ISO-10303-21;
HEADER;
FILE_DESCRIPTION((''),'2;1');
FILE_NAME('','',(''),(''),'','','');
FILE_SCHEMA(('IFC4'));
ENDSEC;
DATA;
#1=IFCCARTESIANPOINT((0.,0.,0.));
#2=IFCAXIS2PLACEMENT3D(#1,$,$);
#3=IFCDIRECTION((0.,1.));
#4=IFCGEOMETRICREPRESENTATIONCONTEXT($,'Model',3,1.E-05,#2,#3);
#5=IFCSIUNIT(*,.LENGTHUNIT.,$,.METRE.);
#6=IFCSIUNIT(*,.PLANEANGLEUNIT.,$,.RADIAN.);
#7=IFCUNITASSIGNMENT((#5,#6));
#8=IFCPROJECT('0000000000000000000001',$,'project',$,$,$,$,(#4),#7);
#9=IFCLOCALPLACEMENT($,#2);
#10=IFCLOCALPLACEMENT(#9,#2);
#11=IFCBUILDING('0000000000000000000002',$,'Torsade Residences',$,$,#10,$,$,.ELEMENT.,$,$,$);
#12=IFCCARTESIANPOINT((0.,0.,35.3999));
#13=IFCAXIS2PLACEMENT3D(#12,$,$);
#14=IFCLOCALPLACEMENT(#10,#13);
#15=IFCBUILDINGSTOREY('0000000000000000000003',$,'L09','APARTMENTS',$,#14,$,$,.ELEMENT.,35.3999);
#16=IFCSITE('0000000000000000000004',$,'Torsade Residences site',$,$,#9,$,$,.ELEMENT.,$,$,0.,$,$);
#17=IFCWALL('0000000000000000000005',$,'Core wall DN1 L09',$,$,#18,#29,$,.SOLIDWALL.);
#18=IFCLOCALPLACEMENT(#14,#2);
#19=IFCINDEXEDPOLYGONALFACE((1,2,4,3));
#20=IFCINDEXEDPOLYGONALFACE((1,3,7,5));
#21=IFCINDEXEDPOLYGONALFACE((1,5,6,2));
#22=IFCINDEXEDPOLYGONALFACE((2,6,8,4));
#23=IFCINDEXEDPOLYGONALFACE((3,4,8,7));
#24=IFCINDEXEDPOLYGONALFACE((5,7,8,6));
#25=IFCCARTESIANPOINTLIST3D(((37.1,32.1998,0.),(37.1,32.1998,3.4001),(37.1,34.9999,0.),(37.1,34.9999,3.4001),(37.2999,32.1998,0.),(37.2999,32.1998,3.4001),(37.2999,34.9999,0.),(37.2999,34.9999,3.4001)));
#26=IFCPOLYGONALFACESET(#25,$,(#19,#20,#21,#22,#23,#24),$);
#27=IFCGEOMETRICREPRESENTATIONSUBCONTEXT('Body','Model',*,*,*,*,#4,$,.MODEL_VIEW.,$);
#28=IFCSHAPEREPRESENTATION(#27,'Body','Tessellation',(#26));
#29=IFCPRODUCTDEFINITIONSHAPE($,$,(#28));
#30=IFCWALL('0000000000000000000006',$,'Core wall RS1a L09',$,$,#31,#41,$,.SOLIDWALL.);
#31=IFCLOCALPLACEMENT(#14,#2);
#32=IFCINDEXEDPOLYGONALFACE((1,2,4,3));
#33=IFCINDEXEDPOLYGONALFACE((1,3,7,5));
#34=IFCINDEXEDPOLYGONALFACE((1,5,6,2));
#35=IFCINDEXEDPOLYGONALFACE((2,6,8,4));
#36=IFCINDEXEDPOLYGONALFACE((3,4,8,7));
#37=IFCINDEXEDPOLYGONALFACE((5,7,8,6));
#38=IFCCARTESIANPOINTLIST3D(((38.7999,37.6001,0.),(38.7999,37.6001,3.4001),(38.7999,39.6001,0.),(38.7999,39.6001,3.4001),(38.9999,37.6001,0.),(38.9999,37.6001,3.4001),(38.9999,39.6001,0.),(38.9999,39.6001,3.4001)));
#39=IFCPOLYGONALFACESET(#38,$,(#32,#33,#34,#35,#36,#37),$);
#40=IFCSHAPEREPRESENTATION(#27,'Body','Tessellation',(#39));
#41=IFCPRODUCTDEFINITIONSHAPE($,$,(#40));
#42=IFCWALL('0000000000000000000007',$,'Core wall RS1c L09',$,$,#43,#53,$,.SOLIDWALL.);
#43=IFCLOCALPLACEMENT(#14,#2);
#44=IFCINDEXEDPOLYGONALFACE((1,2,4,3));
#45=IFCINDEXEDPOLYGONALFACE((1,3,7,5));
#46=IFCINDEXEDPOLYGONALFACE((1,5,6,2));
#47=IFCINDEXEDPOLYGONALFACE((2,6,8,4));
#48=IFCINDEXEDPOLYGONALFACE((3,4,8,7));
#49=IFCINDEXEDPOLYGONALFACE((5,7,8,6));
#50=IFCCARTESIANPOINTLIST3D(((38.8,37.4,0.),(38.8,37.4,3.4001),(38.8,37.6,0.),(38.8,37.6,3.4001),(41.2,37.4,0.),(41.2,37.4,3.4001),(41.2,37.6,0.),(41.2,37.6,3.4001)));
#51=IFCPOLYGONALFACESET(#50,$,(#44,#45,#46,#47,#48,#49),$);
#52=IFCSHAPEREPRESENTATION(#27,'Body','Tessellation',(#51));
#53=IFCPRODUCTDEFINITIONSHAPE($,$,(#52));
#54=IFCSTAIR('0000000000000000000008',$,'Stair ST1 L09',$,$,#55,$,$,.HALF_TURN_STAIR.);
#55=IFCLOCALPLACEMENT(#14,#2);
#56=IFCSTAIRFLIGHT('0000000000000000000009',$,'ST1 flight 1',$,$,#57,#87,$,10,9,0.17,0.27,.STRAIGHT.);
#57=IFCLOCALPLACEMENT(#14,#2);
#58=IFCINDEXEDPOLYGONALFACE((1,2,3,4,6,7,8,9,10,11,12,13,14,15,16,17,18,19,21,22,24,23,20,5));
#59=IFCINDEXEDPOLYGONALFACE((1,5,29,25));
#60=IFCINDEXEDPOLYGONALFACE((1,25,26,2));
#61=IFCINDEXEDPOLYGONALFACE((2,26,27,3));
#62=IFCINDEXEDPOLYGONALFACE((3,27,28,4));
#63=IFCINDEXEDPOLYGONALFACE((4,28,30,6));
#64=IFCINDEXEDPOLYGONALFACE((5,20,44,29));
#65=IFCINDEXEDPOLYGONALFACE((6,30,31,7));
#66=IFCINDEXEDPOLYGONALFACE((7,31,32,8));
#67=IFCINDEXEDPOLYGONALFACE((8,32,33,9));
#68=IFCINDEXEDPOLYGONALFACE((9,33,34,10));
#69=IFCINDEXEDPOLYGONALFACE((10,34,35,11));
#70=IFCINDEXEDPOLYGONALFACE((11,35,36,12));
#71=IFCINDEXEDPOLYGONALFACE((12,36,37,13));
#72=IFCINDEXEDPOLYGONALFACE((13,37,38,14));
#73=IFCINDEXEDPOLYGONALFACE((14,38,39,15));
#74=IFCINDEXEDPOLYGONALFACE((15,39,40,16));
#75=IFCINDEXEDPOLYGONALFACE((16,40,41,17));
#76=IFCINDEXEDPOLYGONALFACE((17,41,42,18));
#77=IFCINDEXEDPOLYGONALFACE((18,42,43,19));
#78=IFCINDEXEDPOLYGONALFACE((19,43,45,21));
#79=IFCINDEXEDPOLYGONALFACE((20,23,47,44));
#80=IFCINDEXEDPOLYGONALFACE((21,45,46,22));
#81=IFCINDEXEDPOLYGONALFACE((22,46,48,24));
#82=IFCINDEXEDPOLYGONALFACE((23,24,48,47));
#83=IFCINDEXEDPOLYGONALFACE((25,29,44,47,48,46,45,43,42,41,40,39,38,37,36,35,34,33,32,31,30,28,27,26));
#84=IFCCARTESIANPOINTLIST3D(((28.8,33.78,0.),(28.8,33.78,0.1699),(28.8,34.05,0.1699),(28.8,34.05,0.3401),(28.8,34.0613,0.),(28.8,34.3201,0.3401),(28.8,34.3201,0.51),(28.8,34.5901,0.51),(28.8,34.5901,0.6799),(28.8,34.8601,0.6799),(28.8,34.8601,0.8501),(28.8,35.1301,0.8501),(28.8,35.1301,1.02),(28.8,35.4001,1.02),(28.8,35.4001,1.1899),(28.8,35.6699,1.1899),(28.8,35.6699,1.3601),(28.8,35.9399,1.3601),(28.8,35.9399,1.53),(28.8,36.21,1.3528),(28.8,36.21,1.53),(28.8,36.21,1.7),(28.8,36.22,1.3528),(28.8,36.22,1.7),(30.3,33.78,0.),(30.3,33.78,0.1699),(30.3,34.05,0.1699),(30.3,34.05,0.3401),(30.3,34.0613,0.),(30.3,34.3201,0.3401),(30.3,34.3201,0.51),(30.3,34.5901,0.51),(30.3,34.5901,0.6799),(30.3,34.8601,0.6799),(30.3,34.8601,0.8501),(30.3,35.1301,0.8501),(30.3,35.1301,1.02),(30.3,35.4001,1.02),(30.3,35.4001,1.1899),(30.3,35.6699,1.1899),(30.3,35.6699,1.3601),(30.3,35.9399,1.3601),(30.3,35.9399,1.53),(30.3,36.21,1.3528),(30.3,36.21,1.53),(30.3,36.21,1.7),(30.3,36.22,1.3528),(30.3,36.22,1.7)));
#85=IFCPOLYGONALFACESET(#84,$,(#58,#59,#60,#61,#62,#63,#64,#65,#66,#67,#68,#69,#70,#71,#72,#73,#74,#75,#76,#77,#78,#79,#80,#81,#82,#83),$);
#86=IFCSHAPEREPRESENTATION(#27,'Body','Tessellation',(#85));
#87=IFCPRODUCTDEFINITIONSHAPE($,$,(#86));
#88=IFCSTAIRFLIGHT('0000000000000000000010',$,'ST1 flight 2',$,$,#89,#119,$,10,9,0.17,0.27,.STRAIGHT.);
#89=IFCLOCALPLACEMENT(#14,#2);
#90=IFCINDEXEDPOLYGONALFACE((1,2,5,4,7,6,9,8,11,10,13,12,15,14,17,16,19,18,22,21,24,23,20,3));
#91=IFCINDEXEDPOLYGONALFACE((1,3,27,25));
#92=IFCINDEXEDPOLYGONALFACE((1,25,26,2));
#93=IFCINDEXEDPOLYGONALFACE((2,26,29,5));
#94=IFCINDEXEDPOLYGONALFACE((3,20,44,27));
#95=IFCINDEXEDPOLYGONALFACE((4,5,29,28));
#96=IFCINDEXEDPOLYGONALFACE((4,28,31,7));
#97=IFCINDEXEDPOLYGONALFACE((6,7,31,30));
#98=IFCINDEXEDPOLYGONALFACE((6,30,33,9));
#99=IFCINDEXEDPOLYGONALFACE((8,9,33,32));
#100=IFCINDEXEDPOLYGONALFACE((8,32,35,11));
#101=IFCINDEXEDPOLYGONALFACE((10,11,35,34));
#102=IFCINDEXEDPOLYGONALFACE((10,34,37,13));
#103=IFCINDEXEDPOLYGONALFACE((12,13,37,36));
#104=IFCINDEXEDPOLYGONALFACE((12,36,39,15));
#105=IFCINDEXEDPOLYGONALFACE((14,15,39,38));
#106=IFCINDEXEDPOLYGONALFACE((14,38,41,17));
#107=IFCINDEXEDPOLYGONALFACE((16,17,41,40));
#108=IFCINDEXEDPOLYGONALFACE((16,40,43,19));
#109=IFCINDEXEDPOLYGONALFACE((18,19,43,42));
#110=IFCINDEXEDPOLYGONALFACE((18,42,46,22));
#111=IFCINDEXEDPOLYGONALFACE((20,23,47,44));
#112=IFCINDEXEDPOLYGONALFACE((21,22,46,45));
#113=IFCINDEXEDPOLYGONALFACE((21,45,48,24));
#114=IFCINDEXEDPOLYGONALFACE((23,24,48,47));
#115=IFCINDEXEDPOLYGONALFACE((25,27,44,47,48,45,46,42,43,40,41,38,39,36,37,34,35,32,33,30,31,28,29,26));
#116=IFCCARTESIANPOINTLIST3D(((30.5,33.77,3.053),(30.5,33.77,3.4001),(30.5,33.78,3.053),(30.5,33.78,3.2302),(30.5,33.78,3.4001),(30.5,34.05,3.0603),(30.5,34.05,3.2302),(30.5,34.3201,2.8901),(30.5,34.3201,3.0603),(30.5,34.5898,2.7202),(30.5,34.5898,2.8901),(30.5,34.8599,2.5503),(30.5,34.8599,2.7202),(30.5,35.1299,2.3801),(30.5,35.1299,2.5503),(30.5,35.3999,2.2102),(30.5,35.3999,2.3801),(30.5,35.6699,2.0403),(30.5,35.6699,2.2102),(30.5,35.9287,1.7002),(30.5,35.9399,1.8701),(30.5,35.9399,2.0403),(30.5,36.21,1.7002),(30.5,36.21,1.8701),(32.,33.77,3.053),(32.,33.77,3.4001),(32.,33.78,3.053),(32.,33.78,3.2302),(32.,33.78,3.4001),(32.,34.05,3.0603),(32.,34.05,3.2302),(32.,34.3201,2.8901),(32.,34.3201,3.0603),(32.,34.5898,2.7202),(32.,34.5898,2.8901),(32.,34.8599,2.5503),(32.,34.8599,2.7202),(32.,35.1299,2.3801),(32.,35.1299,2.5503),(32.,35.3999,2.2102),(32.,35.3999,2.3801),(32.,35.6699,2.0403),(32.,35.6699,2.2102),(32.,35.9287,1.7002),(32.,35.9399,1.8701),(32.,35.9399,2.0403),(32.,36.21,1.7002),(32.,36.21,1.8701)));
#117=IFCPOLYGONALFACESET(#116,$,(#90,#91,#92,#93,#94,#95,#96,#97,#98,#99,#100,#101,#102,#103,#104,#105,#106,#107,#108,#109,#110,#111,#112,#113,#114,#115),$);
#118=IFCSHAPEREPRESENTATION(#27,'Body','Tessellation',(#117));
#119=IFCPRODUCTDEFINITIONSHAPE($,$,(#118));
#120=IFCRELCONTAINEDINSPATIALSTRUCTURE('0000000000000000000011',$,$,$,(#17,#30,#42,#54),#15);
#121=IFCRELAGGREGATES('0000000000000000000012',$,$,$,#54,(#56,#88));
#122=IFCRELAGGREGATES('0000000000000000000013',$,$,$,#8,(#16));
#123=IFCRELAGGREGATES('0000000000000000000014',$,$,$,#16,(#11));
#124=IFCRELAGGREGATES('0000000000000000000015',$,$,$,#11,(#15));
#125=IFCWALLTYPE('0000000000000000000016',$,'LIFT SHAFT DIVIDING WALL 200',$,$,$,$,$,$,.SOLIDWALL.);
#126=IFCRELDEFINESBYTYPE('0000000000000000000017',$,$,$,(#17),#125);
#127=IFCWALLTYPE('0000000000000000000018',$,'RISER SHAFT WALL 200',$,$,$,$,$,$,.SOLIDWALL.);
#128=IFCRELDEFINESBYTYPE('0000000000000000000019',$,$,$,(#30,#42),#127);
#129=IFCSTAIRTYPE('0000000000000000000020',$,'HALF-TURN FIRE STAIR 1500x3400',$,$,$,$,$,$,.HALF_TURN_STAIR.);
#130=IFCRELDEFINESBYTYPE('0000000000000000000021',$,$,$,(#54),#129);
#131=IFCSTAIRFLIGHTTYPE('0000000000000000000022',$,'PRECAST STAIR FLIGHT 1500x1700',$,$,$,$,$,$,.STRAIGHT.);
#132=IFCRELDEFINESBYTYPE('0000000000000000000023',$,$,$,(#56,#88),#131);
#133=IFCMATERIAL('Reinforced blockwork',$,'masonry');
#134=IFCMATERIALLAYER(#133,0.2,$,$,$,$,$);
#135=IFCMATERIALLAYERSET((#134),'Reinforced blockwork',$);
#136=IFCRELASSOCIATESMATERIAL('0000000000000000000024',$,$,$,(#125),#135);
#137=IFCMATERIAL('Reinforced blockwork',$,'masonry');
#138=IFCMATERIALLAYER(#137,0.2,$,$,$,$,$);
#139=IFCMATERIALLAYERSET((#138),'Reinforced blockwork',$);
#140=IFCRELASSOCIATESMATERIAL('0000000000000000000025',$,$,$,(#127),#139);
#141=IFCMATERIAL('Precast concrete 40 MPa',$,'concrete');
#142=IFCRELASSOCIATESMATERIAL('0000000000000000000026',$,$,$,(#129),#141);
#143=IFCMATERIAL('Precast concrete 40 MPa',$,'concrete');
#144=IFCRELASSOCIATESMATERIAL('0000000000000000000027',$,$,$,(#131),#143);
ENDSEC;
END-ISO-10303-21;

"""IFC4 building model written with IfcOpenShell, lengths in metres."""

from ifc_helpers import new_model, si_unit, direction, frame, frame_2d, origin, place, context, subcontext, project, spatial, polyline, rectangle, outline, extrude, material, layer, layer_set, type_object, element, aggregate, save


model = new_model("IFC4")

# Units and contexts
model_context = context("Model", 3, precision=1e-05, world=origin(), true_north=direction((0.0, 1.0)))
body_context = subcontext(model_context, "Body", "Model", "MODEL_VIEW")
ifc_project = project(units=[si_unit("LENGTHUNIT", "METRE"), si_unit("PLANEANGLEUNIT", "RADIAN")], contexts=[model_context])

# Site, building, storey
site_placement = place(None, origin())
site = spatial("IfcSite", under=ifc_project, at=site_placement, Name="Torsade Residences site", CompositionType="ELEMENT", RefElevation=0.0)
building_placement = place(site_placement, origin())
building = spatial("IfcBuilding", under=site, at=building_placement, Name="Torsade Residences", CompositionType="ELEMENT")
storey_placement = place(building_placement, frame((0.0, 0.0, 35.3999)))
storey = spatial("IfcBuildingStorey", under=building, at=storey_placement, Name="L09", Description="APARTMENTS", CompositionType="ELEMENT", Elevation=35.3999)

# Walls
ifc_material_1 = material(Name="Reinforced blockwork", Category="masonry")
ifc_layer_1 = layer(ifc_material_1, 0.2)
ifc_layer_set_1 = layer_set([ifc_layer_1], Name="Reinforced blockwork")
wall_type_1 = type_object("IfcWallType", Name="LIFT SHAFT DIVIDING WALL 200", PredefinedType="SOLIDWALL", material=ifc_layer_set_1)
wall_1_placement = place(storey_placement, frame((37.2, 32.2, 0.0), z_axis=(0.0, 0.0, 1.0), x_axis=(0.0, 1.0, 0.0)))
element("IfcWall", 1, at=wall_1_placement, inside=storey, type_object=wall_type_1, Name="Core wall DN1 L09", PredefinedType="SOLIDWALL", context=body_context, shape_type="SweptSolid", body=[
    extrude(rectangle(XDim=2.8, YDim=0.2, at=frame_2d((1.3999, 0.0))), origin(), (0.0, 0.0, 1.0), 3.4001),
])
ifc_material_2 = material(Name="Reinforced blockwork", Category="masonry")
ifc_layer_2 = layer(ifc_material_2, 0.2)
ifc_layer_set_2 = layer_set([ifc_layer_2], Name="Reinforced blockwork")
wall_type_2 = type_object("IfcWallType", Name="RISER SHAFT WALL 200", PredefinedType="SOLIDWALL", material=ifc_layer_set_2)
wall_2_placement = place(storey_placement, frame((38.8999, 37.6001, 0.0), z_axis=(0.0, 0.0, 1.0), x_axis=(0.0, 1.0, 0.0)))
element("IfcWall", 2, at=wall_2_placement, inside=storey, type_object=wall_type_2, Name="Core wall RS1a L09", PredefinedType="SOLIDWALL", context=body_context, shape_type="SweptSolid", body=[
    extrude(rectangle(XDim=2.0, YDim=0.2, at=frame_2d((1.0, 0.0))), origin(), (0.0, 0.0, 1.0), 3.4001),
])
wall_3_placement = place(storey_placement, frame((38.8, 37.5, 0.0), z_axis=(0.0, 0.0, 1.0), x_axis=(1.0, 0.0, 0.0)))
element("IfcWall", 3, at=wall_3_placement, inside=storey, type_object=wall_type_2, Name="Core wall RS1c L09", PredefinedType="SOLIDWALL", context=body_context, shape_type="SweptSolid", body=[
    extrude(rectangle(XDim=2.3999, YDim=0.2, at=frame_2d((1.2, 0.0))), origin(), (0.0, 0.0, 1.0), 3.4001),
])

# Stair, stair flights
ifc_material_3 = material(Name="Precast concrete 40 MPa", Category="concrete")
stair_type = type_object("IfcStairType", Name="HALF-TURN FIRE STAIR 1500x3400", PredefinedType="HALF_TURN_STAIR", material=ifc_material_3)
stair_placement = place(storey_placement, origin())
stair = element("IfcStair", 4, at=stair_placement, inside=storey, type_object=stair_type, Name="Stair ST1 L09", PredefinedType="HALF_TURN_STAIR")
ifc_material_4 = material(Name="Precast concrete 40 MPa", Category="concrete")
stair_flight_type = type_object("IfcStairFlightType", Name="PRECAST STAIR FLIGHT 1500x1700", PredefinedType="STRAIGHT", material=ifc_material_4)
stair_flight_1_placement = place(storey_placement, frame((29.55, 33.78, 0.0), z_axis=(0.0, 0.0, 1.0), x_axis=(0.0, 1.0, 0.0)))
stair_flight_1 = element("IfcStairFlight", 5, at=stair_flight_1_placement, type_object=stair_flight_type, Name="ST1 flight 1", NumberOfRisers=10, NumberOfTreads=9, PredefinedType="STRAIGHT", RiserHeight=0.17, TreadLength=0.27, context=body_context, shape_type="SweptSolid", body=[
    extrude(outline(polyline([(0.0, 0.0), (0.0, 0.1699), (0.27, 0.1699), (0.27, 0.3401), (0.54, 0.3401), (0.54, 0.51), (0.8101, 0.51), (0.8101, 0.6799), (1.0801, 0.6799), (1.0801, 0.8501), (1.3501, 0.8501), (1.3501, 1.02), (1.6201, 1.02), (1.6201, 1.1899), (1.8899, 1.1899), (1.8899, 1.3601), (2.1599, 1.3601), (2.1599, 1.53), (2.4299, 1.53), (2.4299, 1.7), (2.4399, 1.7), (2.4399, 1.3528), (2.4299, 1.3528), (0.2812, 0.0), (0.0, 0.0)])), frame((0.0, 0.75, 0.0), z_axis=(0.0, -1.0, 0.0), x_axis=(1.0, 0.0, 0.0)), (0.0, 0.0, 1.0), 1.5),
])
stair_flight_2_placement = place(storey_placement, frame((31.25, 36.21, 1.7002), z_axis=(0.0, 0.0, 1.0), x_axis=(0.0, -1.0, 0.0)))
stair_flight_2 = element("IfcStairFlight", 6, at=stair_flight_2_placement, type_object=stair_flight_type, Name="ST1 flight 2", NumberOfRisers=10, NumberOfTreads=9, PredefinedType="STRAIGHT", RiserHeight=0.17, TreadLength=0.27, context=body_context, shape_type="SweptSolid", body=[
    extrude(outline(polyline([(0.0, 0.0), (0.0, 0.1699), (0.27, 0.1699), (0.27, 0.3401), (0.54, 0.3401), (0.54, 0.51), (0.8101, 0.51), (0.8101, 0.6799), (1.0801, 0.6799), (1.0801, 0.8501), (1.3501, 0.8501), (1.3501, 1.02), (1.6201, 1.02), (1.6201, 1.1899), (1.8899, 1.1899), (1.8899, 1.3601), (2.1599, 1.3601), (2.1599, 1.53), (2.4299, 1.53), (2.4299, 1.7), (2.4399, 1.7), (2.4399, 1.3528), (2.4299, 1.3528), (0.2812, 0.0), (0.0, 0.0)])), frame((0.0, 0.75, 0.0), z_axis=(0.0, -1.0, 0.0), x_axis=(1.0, 0.0, 0.0)), (0.0, 0.0, 1.0), 1.5),
])
aggregate(stair, [stair_flight_1, stair_flight_2])

save(model, "model.ifc")
